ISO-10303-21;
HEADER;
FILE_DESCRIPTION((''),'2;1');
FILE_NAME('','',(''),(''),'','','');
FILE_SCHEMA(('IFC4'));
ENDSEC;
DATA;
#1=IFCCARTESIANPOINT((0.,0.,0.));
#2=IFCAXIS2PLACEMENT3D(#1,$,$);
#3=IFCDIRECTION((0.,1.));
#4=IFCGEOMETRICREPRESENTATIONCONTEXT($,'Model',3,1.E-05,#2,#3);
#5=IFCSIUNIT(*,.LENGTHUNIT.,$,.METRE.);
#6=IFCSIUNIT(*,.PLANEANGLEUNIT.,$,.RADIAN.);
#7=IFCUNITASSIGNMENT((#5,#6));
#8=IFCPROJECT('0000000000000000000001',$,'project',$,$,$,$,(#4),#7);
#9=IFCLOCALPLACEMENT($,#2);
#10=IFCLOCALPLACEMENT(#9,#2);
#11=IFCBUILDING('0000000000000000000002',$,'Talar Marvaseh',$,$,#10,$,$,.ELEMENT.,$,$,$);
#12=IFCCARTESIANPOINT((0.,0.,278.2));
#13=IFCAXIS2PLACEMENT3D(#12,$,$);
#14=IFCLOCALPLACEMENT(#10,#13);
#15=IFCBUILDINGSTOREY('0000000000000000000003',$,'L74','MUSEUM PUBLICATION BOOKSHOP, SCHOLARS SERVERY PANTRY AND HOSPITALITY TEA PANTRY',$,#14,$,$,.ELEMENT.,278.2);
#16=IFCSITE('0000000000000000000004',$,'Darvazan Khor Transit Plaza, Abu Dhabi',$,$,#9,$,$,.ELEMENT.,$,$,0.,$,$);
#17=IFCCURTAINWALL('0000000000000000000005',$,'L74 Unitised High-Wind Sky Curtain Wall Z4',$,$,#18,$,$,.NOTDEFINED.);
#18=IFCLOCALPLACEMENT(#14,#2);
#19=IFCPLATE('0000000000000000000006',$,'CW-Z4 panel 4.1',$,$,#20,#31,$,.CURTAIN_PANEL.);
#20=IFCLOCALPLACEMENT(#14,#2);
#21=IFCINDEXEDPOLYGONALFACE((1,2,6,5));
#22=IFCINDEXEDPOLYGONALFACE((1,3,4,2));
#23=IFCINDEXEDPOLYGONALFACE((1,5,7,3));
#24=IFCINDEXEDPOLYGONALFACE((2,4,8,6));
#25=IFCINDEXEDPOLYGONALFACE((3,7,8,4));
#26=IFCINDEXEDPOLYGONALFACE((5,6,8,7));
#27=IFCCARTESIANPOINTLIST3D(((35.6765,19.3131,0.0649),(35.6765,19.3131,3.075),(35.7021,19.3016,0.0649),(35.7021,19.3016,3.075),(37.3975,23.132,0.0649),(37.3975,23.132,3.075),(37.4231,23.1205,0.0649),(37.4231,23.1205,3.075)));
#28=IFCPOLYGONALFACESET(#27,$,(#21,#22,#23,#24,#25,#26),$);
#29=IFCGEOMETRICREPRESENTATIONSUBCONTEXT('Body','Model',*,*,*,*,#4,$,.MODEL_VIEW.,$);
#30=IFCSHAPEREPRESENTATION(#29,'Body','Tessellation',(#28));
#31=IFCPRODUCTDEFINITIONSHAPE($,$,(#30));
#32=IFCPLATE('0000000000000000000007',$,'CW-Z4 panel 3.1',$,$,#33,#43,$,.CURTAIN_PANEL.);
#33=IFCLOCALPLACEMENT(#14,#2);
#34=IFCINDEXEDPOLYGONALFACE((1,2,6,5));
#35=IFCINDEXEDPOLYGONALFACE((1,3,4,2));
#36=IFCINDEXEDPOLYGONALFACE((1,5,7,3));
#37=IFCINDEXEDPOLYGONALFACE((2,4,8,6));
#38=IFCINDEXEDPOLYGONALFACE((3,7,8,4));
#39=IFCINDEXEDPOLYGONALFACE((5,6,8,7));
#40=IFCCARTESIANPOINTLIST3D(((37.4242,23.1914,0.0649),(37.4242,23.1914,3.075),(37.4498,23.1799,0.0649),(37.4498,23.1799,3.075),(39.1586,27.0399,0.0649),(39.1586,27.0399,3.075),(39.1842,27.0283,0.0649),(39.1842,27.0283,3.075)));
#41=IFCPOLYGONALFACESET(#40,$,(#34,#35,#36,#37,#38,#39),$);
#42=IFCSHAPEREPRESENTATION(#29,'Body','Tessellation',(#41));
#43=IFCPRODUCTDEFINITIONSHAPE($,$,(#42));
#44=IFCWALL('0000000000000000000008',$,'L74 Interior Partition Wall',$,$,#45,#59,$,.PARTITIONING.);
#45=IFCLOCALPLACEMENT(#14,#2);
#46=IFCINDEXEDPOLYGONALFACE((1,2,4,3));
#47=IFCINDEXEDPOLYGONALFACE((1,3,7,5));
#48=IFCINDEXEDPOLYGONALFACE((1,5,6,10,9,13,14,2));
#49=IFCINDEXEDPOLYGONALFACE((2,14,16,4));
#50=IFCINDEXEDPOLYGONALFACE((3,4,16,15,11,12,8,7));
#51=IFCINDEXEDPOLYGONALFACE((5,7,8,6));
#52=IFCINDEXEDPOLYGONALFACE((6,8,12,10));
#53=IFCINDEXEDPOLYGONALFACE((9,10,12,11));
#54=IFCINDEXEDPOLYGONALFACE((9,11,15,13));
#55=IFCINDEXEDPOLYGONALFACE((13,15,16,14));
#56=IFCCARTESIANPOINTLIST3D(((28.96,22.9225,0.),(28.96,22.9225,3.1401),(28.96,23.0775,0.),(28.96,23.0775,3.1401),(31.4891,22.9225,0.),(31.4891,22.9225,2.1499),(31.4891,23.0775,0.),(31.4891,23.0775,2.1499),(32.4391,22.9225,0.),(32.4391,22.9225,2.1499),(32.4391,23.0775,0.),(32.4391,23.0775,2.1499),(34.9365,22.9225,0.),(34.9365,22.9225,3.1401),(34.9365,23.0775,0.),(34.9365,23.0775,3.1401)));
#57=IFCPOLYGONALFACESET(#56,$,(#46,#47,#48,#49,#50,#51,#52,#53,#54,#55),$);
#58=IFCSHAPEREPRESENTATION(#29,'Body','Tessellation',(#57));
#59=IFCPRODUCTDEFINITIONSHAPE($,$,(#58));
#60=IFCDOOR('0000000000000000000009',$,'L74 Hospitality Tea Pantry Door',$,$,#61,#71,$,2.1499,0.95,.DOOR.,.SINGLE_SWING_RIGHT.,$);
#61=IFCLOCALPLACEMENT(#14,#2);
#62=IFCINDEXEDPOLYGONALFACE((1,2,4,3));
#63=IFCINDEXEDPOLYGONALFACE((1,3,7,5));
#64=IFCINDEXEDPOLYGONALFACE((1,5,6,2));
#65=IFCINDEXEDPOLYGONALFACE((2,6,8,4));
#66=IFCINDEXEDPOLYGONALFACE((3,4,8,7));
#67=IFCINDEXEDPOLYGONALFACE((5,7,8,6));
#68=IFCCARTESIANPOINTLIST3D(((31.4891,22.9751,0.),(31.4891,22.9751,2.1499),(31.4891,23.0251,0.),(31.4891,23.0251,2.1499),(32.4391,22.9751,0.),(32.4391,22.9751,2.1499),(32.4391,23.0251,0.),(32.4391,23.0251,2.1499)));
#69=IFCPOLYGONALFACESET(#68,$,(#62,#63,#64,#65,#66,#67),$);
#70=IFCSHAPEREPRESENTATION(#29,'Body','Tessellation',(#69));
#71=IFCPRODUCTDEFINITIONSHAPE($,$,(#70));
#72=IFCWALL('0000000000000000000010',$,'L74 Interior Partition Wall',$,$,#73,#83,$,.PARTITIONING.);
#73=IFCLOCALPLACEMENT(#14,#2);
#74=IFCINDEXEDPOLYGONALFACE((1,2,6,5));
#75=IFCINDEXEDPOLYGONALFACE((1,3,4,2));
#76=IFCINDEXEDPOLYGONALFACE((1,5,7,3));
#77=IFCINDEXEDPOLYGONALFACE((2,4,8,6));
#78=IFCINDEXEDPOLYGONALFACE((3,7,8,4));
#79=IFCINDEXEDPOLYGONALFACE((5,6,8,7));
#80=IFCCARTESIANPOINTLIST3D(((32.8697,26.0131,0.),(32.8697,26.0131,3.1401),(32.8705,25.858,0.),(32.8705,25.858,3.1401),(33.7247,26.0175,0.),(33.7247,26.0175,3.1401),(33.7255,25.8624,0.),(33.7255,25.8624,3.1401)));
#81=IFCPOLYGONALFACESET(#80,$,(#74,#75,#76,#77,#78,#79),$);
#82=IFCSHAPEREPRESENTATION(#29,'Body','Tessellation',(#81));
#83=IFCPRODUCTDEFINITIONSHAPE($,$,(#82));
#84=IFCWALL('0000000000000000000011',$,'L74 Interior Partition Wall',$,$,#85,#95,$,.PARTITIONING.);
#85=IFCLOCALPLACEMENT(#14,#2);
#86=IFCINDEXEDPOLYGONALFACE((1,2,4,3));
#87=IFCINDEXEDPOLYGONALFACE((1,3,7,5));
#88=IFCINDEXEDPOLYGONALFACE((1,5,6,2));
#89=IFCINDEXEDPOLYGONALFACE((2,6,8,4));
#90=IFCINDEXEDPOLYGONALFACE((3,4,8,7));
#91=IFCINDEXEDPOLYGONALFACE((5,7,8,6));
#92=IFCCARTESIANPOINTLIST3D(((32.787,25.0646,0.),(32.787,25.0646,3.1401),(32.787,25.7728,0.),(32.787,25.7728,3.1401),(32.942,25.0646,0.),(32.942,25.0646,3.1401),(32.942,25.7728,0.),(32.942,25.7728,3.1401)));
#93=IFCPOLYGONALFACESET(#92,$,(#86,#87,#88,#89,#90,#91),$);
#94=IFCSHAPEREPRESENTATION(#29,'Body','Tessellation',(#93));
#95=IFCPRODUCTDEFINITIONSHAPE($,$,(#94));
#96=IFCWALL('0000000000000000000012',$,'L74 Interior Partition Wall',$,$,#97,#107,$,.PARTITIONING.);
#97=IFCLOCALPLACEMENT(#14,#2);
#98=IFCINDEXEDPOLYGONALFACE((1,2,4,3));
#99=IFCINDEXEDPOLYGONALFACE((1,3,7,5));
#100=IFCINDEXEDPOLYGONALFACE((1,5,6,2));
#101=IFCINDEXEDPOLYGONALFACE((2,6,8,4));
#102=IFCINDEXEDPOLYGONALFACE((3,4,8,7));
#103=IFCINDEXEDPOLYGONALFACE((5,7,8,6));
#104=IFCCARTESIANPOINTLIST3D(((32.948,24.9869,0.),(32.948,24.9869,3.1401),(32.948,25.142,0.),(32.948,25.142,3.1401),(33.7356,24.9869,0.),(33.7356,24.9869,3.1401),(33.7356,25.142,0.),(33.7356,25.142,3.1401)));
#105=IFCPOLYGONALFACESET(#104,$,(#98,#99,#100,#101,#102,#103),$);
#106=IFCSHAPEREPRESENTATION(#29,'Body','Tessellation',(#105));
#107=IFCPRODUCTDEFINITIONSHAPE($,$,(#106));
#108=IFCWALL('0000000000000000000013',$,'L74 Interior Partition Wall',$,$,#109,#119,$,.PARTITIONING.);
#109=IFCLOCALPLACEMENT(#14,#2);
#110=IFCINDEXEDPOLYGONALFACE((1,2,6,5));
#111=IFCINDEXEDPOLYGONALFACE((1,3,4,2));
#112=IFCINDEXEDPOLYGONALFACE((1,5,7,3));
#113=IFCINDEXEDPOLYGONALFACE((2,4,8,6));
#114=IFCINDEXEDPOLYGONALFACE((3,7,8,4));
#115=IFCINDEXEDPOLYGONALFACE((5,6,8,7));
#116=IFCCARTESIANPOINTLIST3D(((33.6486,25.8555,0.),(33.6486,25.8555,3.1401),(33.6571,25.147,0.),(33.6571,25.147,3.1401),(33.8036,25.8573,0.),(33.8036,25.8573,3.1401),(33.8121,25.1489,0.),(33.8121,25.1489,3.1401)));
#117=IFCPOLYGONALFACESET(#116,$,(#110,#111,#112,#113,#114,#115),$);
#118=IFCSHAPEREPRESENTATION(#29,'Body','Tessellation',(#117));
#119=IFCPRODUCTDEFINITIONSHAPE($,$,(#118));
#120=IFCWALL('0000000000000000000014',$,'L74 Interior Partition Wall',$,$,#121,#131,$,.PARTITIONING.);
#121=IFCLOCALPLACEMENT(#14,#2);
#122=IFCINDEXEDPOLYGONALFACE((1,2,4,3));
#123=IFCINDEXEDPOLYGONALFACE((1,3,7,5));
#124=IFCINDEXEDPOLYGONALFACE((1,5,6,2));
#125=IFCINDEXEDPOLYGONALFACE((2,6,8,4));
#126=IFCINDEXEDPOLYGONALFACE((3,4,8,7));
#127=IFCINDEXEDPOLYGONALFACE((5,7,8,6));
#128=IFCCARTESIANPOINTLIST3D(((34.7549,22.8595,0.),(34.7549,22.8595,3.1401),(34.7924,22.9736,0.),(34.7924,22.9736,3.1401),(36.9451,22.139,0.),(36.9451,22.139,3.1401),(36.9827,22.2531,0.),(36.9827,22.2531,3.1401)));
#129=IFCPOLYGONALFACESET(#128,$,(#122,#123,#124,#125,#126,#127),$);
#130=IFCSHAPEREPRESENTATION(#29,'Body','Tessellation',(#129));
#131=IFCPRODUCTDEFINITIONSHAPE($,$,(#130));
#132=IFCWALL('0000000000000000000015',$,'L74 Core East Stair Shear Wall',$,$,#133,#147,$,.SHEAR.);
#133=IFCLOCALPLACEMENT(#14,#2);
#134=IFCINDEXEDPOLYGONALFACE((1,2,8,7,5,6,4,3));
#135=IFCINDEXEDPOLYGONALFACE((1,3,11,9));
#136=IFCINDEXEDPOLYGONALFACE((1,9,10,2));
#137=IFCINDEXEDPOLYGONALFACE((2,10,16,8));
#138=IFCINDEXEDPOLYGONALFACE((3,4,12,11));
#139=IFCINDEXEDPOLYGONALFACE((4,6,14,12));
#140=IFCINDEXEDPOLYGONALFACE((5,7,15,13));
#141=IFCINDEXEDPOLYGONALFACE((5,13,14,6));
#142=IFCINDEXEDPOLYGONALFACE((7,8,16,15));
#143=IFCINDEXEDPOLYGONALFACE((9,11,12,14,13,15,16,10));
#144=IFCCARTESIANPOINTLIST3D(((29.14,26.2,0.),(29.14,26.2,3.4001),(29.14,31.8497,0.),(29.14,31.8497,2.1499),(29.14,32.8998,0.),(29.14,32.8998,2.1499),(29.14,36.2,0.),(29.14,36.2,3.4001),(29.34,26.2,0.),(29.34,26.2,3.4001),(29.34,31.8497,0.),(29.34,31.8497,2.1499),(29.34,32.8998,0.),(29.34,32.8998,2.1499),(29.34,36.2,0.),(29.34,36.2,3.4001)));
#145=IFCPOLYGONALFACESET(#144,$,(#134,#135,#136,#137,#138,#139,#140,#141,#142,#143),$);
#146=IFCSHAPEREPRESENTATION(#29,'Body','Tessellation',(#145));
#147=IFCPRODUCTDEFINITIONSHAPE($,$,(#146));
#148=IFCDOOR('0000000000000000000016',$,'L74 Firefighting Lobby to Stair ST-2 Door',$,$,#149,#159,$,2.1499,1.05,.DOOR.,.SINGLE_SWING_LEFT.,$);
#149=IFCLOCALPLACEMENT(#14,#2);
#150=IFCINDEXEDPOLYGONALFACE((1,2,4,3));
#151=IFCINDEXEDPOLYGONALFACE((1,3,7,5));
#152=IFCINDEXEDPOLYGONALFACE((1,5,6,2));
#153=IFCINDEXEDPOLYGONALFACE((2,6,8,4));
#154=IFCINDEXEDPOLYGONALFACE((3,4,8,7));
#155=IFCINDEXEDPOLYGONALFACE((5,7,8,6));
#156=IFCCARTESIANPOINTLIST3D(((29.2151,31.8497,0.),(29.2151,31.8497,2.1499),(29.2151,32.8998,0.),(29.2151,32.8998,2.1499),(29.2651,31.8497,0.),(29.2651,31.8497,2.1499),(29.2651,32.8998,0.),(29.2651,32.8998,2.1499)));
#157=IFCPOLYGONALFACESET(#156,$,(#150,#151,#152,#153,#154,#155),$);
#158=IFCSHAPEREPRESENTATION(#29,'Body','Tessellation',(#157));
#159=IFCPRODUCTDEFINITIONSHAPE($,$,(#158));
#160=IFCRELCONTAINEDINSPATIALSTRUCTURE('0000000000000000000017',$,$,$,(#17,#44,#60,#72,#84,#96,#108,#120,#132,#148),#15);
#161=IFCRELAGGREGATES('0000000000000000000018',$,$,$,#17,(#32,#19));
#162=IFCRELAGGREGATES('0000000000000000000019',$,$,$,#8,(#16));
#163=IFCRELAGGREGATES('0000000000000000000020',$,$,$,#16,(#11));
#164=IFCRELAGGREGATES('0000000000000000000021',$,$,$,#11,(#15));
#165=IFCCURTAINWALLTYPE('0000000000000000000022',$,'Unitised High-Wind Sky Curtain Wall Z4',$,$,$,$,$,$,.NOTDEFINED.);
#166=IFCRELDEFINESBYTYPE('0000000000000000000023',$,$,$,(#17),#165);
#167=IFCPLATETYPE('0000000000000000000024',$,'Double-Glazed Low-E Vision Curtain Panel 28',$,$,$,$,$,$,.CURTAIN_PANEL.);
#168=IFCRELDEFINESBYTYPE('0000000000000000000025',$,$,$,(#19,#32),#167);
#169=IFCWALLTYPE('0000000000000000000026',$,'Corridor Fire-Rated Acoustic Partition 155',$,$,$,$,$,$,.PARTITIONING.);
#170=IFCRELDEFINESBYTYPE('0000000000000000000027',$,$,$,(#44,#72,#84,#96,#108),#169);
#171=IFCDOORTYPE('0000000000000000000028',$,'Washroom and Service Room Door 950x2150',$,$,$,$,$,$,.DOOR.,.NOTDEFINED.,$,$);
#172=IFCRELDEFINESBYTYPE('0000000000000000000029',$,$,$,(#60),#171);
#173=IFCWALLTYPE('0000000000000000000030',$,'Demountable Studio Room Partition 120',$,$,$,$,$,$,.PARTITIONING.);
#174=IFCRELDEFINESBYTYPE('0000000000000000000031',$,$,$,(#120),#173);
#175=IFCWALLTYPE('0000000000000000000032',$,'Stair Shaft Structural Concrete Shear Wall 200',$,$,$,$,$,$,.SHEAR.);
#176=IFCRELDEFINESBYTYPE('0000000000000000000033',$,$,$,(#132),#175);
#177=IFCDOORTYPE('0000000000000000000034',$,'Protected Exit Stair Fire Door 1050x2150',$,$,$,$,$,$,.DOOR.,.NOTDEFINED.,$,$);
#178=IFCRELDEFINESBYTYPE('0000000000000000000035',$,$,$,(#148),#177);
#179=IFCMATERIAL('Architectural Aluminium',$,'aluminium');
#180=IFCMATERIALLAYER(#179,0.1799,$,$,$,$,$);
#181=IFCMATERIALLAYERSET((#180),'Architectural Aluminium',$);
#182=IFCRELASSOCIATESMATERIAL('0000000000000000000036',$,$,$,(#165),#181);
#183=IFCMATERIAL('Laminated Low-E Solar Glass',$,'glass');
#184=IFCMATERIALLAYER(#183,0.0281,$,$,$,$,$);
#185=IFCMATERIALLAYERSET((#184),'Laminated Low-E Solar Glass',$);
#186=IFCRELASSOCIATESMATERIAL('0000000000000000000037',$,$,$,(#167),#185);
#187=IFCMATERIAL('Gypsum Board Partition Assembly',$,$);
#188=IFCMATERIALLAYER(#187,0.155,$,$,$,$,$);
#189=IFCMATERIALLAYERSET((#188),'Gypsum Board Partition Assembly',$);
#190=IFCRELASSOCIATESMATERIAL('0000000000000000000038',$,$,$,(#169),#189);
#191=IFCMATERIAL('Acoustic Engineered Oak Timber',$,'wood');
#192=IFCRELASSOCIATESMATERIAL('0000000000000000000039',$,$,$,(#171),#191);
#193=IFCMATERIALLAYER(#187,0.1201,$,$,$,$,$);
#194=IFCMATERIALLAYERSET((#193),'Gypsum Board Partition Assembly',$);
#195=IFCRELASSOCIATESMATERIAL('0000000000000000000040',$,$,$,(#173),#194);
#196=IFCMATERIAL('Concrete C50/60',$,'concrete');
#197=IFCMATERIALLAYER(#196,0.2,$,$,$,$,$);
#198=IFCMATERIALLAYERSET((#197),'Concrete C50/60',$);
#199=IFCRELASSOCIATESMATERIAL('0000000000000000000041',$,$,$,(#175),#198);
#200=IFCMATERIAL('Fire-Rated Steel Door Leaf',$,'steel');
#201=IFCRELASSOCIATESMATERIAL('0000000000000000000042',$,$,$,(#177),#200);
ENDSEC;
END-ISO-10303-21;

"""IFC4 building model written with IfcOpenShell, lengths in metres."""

from ifc_helpers import new_model, si_unit, direction, frame, frame_2d, origin, origin_2d, place, context, subcontext, project, spatial, rectangle, extrude, source, transform, mapped, material, layer, layer_set, type_object, type_shapes, element, fill, aggregate, save


model = new_model("IFC4")

# Units and contexts
model_context = context("Model", 3, precision=1e-05, world=origin(), true_north=direction((0.0, 1.0)))
body_context = subcontext(model_context, "Body", "Model", "MODEL_VIEW")
ifc_project = project(units=[si_unit("LENGTHUNIT", "METRE"), si_unit("PLANEANGLEUNIT", "RADIAN")], contexts=[model_context])

# Site, building, storey
site_placement = place(None, origin())
site = spatial("IfcSite", under=ifc_project, at=site_placement, Name="Darvazan Khor Transit Plaza, Abu Dhabi", CompositionType="ELEMENT", RefElevation=0.0)
building_placement = place(site_placement, origin())
building = spatial("IfcBuilding", under=site, at=building_placement, Name="Talar Marvaseh", CompositionType="ELEMENT")
storey_placement = place(building_placement, frame((0.0, 0.0, 278.2)))
storey = spatial("IfcBuildingStorey", under=building, at=storey_placement, Name="L74", Description="MUSEUM PUBLICATION BOOKSHOP, SCHOLARS SERVERY PANTRY AND HOSPITALITY TEA PANTRY", CompositionType="ELEMENT", Elevation=278.2)

# Shared definitions
ifc_material_1 = material(Name="Concrete C50/60", Category="concrete")

# Curtain wall, plates
ifc_material_2 = material(Name="Architectural Aluminium", Category="aluminium")
ifc_layer_1 = layer(ifc_material_2, 0.1799)
ifc_layer_set_1 = layer_set([ifc_layer_1], Name="Architectural Aluminium")
curtain_wall_type = type_object("IfcCurtainWallType", Name="Unitised High-Wind Sky Curtain Wall Z4", PredefinedType="NOTDEFINED", material=ifc_layer_set_1)
curtain_wall_placement = place(storey_placement, origin())
curtain_wall = element("IfcCurtainWall", 1, at=curtain_wall_placement, inside=storey, type_object=curtain_wall_type, Name="L74 Unitised High-Wind Sky Curtain Wall Z4", PredefinedType="NOTDEFINED")
ifc_material_3 = material(Name="Laminated Low-E Solar Glass", Category="glass")
ifc_layer_2 = layer(ifc_material_3, 0.0281)
ifc_layer_set_2 = layer_set([ifc_layer_2], Name="Laminated Low-E Solar Glass")
plate_type = type_object("IfcPlateType", Name="Double-Glazed Low-E Vision Curtain Panel 28", PredefinedType="CURTAIN_PANEL", material=ifc_layer_set_2)
shared_shape_1 = source(origin(), body_context, "Body", "SweptSolid", [
    extrude(rectangle(XDim=4.1887, YDim=0.0281, at=origin_2d()), origin(), (0.0, 0.0, 1.0), 3.01),
])
plate_1_placement = place(storey_placement, frame((36.5498, 21.2168, 0.0649), z_axis=(0.0, 0.0, 1.0), x_axis=(-0.41086, -0.911699, 0.0)))
plate_1 = element("IfcPlate", 2, at=plate_1_placement, type_object=plate_type, Name="CW-Z4 panel 4.1", PredefinedType="CURTAIN_PANEL", context=body_context, shape_type="MappedRepresentation", body=[
    mapped(shared_shape_1, transform((0.0, 0.0, 0.0), x_axis=(1.0, 0.0, 0.0), y_axis=(0.0, 1.0, 0.0), z_axis=(0.0, 0.0, 1.0), scale=1.0)),
])
shared_shape_2 = source(origin(), body_context, "Body", "SweptSolid", [
    extrude(rectangle(XDim=4.2212, YDim=0.0281, at=origin_2d()), origin(), (0.0, 0.0, 1.0), 3.01),
])
type_shapes(plate_type, [shared_shape_1, shared_shape_2])
plate_2_placement = place(storey_placement, frame((38.3042, 25.1099, 0.0649), z_axis=(0.0, 0.0, 1.0), x_axis=(-0.41086, -0.911699, 0.0)))
plate_2 = element("IfcPlate", 3, at=plate_2_placement, type_object=plate_type, Name="CW-Z4 panel 3.1", PredefinedType="CURTAIN_PANEL", context=body_context, shape_type="MappedRepresentation", body=[
    mapped(shared_shape_2, transform((0.0, 0.0, 0.0), x_axis=(1.0, 0.0, 0.0), y_axis=(0.0, 1.0, 0.0), z_axis=(0.0, 0.0, 1.0), scale=1.0)),
])
aggregate(curtain_wall, [plate_2, plate_1])

# Wall, opening, door
ifc_material_4 = material(Name="Gypsum Board Partition Assembly")
ifc_layer_3 = layer(ifc_material_4, 0.155)
ifc_layer_set_3 = layer_set([ifc_layer_3], Name="Gypsum Board Partition Assembly")
wall_type_1 = type_object("IfcWallType", Name="Corridor Fire-Rated Acoustic Partition 155", PredefinedType="PARTITIONING", material=ifc_layer_set_3)
wall_1_placement = place(storey_placement, frame((34.9365, 23.0, 0.0), z_axis=(0.0, 0.0, 1.0), x_axis=(-1.0, 0.0, 0.0)))
wall_1 = element("IfcWall", 4, at=wall_1_placement, inside=storey, type_object=wall_type_1, Name="L74 Interior Partition Wall", PredefinedType="PARTITIONING", context=body_context, shape_type="SweptSolid", body=[
    extrude(rectangle(XDim=5.9766, YDim=0.155, at=frame_2d((2.9883, 0.0))), origin(), (0.0, 0.0, 1.0), 3.1401),
])
opening_1_placement = place(wall_1_placement, frame((2.4973, 0.0, 0.0)))
opening_1 = element("IfcOpeningElement", 5, at=opening_1_placement, cuts=wall_1, PredefinedType="OPENING", context=body_context, shape_type="SweptSolid", body=[
    extrude(rectangle(XDim=0.95, YDim=2.1499, at=frame_2d((0.4751, 1.075))), frame((0.0, 0.0874, 0.0), z_axis=(0.0, -1.0, 0.0), x_axis=(1.0, 0.0, 0.0)), (0.0, 0.0, 1.0), 0.175),
])
ifc_material_5 = material(Name="Acoustic Engineered Oak Timber", Category="wood")
door_type_1 = type_object("IfcDoorType", Name="Washroom and Service Room Door 950x2150", OperationType="NOTDEFINED", PredefinedType="DOOR", material=ifc_material_5)
shared_shape_3 = source(origin(), body_context, "Body", "SweptSolid", [
    extrude(rectangle(XDim=0.95, YDim=2.1499, at=frame_2d((0.4751, 1.075))), frame((0.0, 0.0249, 0.0), z_axis=(0.0, -1.0, 0.0), x_axis=(1.0, 0.0, 0.0)), (0.0, 0.0, 1.0), 0.05),
])
type_shapes(door_type_1, [shared_shape_3])
door_1_placement = place(opening_1_placement, origin())
door_1 = element("IfcDoor", 6, at=door_1_placement, inside=storey, type_object=door_type_1, Name="L74 Hospitality Tea Pantry Door", OperationType="SINGLE_SWING_RIGHT", OverallHeight=2.1499, OverallWidth=0.95, PredefinedType="DOOR", context=body_context, shape_type="MappedRepresentation", body=[
    mapped(shared_shape_3, transform((0.0, 0.0, 0.0), x_axis=(1.0, 0.0, 0.0), y_axis=(0.0, 1.0, 0.0), z_axis=(0.0, 0.0, 1.0), scale=1.0)),
])
fill(opening_1, door_1)

# Walls
wall_2_placement = place(storey_placement, frame((33.7251, 25.9399, 0.0), z_axis=(0.0, 0.0, 1.0), x_axis=(-0.999987, -0.00514, 0.0)))
element("IfcWall", 7, at=wall_2_placement, inside=storey, type_object=wall_type_1, Name="L74 Interior Partition Wall", PredefinedType="PARTITIONING", context=body_context, shape_type="SweptSolid", body=[
    extrude(rectangle(XDim=0.855, YDim=0.155, at=frame_2d((0.4275, 0.0))), origin(), (0.0, 0.0, 1.0), 3.1401),
])
wall_3_placement = place(storey_placement, frame((32.8645, 25.7727, 0.0), z_axis=(0.0, 0.0, 1.0), x_axis=(0.0, -1.0, 0.0)))
element("IfcWall", 8, at=wall_3_placement, inside=storey, type_object=wall_type_1, Name="L74 Interior Partition Wall", PredefinedType="PARTITIONING", context=body_context, shape_type="SweptSolid", body=[
    extrude(rectangle(XDim=0.7083, YDim=0.155, at=frame_2d((0.354, 0.0))), origin(), (0.0, 0.0, 1.0), 3.1401),
])
wall_4_placement = place(storey_placement, frame((32.948, 25.0645, 0.0), z_axis=(0.0, 0.0, 1.0), x_axis=(1.0, 0.0, 0.0)))
element("IfcWall", 9, at=wall_4_placement, inside=storey, type_object=wall_type_1, Name="L74 Interior Partition Wall", PredefinedType="PARTITIONING", context=body_context, shape_type="SweptSolid", body=[
    extrude(rectangle(XDim=0.7876, YDim=0.155, at=frame_2d((0.3938, 0.0))), origin(), (0.0, 0.0, 1.0), 3.1401),
])
wall_5_placement = place(storey_placement, frame((33.7346, 25.1479, 0.0), z_axis=(0.0, 0.0, 1.0), x_axis=(-0.01206, 0.999927, 0.0)))
element("IfcWall", 10, at=wall_5_placement, inside=storey, type_object=wall_type_1, Name="L74 Interior Partition Wall", PredefinedType="PARTITIONING", context=body_context, shape_type="SweptSolid", body=[
    extrude(rectangle(XDim=0.7085, YDim=0.155, at=frame_2d((0.3542, 0.0))), origin(), (0.0, 0.0, 1.0), 3.1401),
])
ifc_layer_4 = layer(ifc_material_4, 0.1201)
ifc_layer_set_4 = layer_set([ifc_layer_4], Name="Gypsum Board Partition Assembly")
wall_type_2 = type_object("IfcWallType", Name="Demountable Studio Room Partition 120", PredefinedType="PARTITIONING", material=ifc_layer_set_4)
wall_6_placement = place(storey_placement, frame((34.7737, 22.9165, 0.0), z_axis=(0.0, 0.0, 1.0), x_axis=(0.949925, -0.312477, 0.0)))
element("IfcWall", 11, at=wall_6_placement, inside=storey, type_object=wall_type_2, Name="L74 Interior Partition Wall", PredefinedType="PARTITIONING", context=body_context, shape_type="SweptSolid", body=[
    extrude(rectangle(XDim=2.3057, YDim=0.1201, at=frame_2d((1.1528, 0.0))), origin(), (0.0, 0.0, 1.0), 3.1401),
])

# Wall, opening, door
ifc_layer_5 = layer(ifc_material_1, 0.2)
ifc_layer_set_5 = layer_set([ifc_layer_5], Name="Concrete C50/60")
wall_type_3 = type_object("IfcWallType", Name="Stair Shaft Structural Concrete Shear Wall 200", PredefinedType="SHEAR", material=ifc_layer_set_5)
wall_7_placement = place(storey_placement, frame((29.24, 26.2, 0.0), z_axis=(0.0, 0.0, 1.0), x_axis=(0.0, 1.0, 0.0)))
wall_7 = element("IfcWall", 12, at=wall_7_placement, inside=storey, type_object=wall_type_3, Name="L74 Core East Stair Shear Wall", PredefinedType="SHEAR", context=body_context, shape_type="SweptSolid", body=[
    extrude(rectangle(XDim=10.0, YDim=0.2, at=frame_2d((5.0, 0.0))), origin(), (0.0, 0.0, 1.0), 3.4001),
])
opening_2_placement = place(wall_7_placement, frame((5.6499, 0.0, 0.0)))
opening_2 = element("IfcOpeningElement", 13, at=opening_2_placement, cuts=wall_7, PredefinedType="OPENING", context=body_context, shape_type="SweptSolid", body=[
    extrude(rectangle(XDim=1.05, YDim=2.1499, at=frame_2d((0.5249, 1.075))), frame((0.0, 0.1099, 0.0), z_axis=(0.0, -1.0, 0.0), x_axis=(1.0, 0.0, 0.0)), (0.0, 0.0, 1.0), 0.22),
])
ifc_material_6 = material(Name="Fire-Rated Steel Door Leaf", Category="steel")
door_type_2 = type_object("IfcDoorType", Name="Protected Exit Stair Fire Door 1050x2150", OperationType="NOTDEFINED", PredefinedType="DOOR", material=ifc_material_6)
shared_shape_4 = source(origin(), body_context, "Body", "SweptSolid", [
    extrude(rectangle(XDim=1.05, YDim=2.1499, at=frame_2d((0.5249, 1.075))), frame((0.0, 0.0249, 0.0), z_axis=(0.0, -1.0, 0.0), x_axis=(1.0, 0.0, 0.0)), (0.0, 0.0, 1.0), 0.05),
])
type_shapes(door_type_2, [shared_shape_4])
door_2_placement = place(opening_2_placement, origin())
door_2 = element("IfcDoor", 14, at=door_2_placement, inside=storey, type_object=door_type_2, Name="L74 Firefighting Lobby to Stair ST-2 Door", OperationType="SINGLE_SWING_LEFT", OverallHeight=2.1499, OverallWidth=1.05, PredefinedType="DOOR", context=body_context, shape_type="MappedRepresentation", body=[
    mapped(shared_shape_4, transform((0.0, 0.0, 0.0), x_axis=(1.0, 0.0, 0.0), y_axis=(0.0, 1.0, 0.0), z_axis=(0.0, 0.0, 1.0), scale=1.0)),
])
fill(opening_2, door_2)

save(model, "model.ifc")
